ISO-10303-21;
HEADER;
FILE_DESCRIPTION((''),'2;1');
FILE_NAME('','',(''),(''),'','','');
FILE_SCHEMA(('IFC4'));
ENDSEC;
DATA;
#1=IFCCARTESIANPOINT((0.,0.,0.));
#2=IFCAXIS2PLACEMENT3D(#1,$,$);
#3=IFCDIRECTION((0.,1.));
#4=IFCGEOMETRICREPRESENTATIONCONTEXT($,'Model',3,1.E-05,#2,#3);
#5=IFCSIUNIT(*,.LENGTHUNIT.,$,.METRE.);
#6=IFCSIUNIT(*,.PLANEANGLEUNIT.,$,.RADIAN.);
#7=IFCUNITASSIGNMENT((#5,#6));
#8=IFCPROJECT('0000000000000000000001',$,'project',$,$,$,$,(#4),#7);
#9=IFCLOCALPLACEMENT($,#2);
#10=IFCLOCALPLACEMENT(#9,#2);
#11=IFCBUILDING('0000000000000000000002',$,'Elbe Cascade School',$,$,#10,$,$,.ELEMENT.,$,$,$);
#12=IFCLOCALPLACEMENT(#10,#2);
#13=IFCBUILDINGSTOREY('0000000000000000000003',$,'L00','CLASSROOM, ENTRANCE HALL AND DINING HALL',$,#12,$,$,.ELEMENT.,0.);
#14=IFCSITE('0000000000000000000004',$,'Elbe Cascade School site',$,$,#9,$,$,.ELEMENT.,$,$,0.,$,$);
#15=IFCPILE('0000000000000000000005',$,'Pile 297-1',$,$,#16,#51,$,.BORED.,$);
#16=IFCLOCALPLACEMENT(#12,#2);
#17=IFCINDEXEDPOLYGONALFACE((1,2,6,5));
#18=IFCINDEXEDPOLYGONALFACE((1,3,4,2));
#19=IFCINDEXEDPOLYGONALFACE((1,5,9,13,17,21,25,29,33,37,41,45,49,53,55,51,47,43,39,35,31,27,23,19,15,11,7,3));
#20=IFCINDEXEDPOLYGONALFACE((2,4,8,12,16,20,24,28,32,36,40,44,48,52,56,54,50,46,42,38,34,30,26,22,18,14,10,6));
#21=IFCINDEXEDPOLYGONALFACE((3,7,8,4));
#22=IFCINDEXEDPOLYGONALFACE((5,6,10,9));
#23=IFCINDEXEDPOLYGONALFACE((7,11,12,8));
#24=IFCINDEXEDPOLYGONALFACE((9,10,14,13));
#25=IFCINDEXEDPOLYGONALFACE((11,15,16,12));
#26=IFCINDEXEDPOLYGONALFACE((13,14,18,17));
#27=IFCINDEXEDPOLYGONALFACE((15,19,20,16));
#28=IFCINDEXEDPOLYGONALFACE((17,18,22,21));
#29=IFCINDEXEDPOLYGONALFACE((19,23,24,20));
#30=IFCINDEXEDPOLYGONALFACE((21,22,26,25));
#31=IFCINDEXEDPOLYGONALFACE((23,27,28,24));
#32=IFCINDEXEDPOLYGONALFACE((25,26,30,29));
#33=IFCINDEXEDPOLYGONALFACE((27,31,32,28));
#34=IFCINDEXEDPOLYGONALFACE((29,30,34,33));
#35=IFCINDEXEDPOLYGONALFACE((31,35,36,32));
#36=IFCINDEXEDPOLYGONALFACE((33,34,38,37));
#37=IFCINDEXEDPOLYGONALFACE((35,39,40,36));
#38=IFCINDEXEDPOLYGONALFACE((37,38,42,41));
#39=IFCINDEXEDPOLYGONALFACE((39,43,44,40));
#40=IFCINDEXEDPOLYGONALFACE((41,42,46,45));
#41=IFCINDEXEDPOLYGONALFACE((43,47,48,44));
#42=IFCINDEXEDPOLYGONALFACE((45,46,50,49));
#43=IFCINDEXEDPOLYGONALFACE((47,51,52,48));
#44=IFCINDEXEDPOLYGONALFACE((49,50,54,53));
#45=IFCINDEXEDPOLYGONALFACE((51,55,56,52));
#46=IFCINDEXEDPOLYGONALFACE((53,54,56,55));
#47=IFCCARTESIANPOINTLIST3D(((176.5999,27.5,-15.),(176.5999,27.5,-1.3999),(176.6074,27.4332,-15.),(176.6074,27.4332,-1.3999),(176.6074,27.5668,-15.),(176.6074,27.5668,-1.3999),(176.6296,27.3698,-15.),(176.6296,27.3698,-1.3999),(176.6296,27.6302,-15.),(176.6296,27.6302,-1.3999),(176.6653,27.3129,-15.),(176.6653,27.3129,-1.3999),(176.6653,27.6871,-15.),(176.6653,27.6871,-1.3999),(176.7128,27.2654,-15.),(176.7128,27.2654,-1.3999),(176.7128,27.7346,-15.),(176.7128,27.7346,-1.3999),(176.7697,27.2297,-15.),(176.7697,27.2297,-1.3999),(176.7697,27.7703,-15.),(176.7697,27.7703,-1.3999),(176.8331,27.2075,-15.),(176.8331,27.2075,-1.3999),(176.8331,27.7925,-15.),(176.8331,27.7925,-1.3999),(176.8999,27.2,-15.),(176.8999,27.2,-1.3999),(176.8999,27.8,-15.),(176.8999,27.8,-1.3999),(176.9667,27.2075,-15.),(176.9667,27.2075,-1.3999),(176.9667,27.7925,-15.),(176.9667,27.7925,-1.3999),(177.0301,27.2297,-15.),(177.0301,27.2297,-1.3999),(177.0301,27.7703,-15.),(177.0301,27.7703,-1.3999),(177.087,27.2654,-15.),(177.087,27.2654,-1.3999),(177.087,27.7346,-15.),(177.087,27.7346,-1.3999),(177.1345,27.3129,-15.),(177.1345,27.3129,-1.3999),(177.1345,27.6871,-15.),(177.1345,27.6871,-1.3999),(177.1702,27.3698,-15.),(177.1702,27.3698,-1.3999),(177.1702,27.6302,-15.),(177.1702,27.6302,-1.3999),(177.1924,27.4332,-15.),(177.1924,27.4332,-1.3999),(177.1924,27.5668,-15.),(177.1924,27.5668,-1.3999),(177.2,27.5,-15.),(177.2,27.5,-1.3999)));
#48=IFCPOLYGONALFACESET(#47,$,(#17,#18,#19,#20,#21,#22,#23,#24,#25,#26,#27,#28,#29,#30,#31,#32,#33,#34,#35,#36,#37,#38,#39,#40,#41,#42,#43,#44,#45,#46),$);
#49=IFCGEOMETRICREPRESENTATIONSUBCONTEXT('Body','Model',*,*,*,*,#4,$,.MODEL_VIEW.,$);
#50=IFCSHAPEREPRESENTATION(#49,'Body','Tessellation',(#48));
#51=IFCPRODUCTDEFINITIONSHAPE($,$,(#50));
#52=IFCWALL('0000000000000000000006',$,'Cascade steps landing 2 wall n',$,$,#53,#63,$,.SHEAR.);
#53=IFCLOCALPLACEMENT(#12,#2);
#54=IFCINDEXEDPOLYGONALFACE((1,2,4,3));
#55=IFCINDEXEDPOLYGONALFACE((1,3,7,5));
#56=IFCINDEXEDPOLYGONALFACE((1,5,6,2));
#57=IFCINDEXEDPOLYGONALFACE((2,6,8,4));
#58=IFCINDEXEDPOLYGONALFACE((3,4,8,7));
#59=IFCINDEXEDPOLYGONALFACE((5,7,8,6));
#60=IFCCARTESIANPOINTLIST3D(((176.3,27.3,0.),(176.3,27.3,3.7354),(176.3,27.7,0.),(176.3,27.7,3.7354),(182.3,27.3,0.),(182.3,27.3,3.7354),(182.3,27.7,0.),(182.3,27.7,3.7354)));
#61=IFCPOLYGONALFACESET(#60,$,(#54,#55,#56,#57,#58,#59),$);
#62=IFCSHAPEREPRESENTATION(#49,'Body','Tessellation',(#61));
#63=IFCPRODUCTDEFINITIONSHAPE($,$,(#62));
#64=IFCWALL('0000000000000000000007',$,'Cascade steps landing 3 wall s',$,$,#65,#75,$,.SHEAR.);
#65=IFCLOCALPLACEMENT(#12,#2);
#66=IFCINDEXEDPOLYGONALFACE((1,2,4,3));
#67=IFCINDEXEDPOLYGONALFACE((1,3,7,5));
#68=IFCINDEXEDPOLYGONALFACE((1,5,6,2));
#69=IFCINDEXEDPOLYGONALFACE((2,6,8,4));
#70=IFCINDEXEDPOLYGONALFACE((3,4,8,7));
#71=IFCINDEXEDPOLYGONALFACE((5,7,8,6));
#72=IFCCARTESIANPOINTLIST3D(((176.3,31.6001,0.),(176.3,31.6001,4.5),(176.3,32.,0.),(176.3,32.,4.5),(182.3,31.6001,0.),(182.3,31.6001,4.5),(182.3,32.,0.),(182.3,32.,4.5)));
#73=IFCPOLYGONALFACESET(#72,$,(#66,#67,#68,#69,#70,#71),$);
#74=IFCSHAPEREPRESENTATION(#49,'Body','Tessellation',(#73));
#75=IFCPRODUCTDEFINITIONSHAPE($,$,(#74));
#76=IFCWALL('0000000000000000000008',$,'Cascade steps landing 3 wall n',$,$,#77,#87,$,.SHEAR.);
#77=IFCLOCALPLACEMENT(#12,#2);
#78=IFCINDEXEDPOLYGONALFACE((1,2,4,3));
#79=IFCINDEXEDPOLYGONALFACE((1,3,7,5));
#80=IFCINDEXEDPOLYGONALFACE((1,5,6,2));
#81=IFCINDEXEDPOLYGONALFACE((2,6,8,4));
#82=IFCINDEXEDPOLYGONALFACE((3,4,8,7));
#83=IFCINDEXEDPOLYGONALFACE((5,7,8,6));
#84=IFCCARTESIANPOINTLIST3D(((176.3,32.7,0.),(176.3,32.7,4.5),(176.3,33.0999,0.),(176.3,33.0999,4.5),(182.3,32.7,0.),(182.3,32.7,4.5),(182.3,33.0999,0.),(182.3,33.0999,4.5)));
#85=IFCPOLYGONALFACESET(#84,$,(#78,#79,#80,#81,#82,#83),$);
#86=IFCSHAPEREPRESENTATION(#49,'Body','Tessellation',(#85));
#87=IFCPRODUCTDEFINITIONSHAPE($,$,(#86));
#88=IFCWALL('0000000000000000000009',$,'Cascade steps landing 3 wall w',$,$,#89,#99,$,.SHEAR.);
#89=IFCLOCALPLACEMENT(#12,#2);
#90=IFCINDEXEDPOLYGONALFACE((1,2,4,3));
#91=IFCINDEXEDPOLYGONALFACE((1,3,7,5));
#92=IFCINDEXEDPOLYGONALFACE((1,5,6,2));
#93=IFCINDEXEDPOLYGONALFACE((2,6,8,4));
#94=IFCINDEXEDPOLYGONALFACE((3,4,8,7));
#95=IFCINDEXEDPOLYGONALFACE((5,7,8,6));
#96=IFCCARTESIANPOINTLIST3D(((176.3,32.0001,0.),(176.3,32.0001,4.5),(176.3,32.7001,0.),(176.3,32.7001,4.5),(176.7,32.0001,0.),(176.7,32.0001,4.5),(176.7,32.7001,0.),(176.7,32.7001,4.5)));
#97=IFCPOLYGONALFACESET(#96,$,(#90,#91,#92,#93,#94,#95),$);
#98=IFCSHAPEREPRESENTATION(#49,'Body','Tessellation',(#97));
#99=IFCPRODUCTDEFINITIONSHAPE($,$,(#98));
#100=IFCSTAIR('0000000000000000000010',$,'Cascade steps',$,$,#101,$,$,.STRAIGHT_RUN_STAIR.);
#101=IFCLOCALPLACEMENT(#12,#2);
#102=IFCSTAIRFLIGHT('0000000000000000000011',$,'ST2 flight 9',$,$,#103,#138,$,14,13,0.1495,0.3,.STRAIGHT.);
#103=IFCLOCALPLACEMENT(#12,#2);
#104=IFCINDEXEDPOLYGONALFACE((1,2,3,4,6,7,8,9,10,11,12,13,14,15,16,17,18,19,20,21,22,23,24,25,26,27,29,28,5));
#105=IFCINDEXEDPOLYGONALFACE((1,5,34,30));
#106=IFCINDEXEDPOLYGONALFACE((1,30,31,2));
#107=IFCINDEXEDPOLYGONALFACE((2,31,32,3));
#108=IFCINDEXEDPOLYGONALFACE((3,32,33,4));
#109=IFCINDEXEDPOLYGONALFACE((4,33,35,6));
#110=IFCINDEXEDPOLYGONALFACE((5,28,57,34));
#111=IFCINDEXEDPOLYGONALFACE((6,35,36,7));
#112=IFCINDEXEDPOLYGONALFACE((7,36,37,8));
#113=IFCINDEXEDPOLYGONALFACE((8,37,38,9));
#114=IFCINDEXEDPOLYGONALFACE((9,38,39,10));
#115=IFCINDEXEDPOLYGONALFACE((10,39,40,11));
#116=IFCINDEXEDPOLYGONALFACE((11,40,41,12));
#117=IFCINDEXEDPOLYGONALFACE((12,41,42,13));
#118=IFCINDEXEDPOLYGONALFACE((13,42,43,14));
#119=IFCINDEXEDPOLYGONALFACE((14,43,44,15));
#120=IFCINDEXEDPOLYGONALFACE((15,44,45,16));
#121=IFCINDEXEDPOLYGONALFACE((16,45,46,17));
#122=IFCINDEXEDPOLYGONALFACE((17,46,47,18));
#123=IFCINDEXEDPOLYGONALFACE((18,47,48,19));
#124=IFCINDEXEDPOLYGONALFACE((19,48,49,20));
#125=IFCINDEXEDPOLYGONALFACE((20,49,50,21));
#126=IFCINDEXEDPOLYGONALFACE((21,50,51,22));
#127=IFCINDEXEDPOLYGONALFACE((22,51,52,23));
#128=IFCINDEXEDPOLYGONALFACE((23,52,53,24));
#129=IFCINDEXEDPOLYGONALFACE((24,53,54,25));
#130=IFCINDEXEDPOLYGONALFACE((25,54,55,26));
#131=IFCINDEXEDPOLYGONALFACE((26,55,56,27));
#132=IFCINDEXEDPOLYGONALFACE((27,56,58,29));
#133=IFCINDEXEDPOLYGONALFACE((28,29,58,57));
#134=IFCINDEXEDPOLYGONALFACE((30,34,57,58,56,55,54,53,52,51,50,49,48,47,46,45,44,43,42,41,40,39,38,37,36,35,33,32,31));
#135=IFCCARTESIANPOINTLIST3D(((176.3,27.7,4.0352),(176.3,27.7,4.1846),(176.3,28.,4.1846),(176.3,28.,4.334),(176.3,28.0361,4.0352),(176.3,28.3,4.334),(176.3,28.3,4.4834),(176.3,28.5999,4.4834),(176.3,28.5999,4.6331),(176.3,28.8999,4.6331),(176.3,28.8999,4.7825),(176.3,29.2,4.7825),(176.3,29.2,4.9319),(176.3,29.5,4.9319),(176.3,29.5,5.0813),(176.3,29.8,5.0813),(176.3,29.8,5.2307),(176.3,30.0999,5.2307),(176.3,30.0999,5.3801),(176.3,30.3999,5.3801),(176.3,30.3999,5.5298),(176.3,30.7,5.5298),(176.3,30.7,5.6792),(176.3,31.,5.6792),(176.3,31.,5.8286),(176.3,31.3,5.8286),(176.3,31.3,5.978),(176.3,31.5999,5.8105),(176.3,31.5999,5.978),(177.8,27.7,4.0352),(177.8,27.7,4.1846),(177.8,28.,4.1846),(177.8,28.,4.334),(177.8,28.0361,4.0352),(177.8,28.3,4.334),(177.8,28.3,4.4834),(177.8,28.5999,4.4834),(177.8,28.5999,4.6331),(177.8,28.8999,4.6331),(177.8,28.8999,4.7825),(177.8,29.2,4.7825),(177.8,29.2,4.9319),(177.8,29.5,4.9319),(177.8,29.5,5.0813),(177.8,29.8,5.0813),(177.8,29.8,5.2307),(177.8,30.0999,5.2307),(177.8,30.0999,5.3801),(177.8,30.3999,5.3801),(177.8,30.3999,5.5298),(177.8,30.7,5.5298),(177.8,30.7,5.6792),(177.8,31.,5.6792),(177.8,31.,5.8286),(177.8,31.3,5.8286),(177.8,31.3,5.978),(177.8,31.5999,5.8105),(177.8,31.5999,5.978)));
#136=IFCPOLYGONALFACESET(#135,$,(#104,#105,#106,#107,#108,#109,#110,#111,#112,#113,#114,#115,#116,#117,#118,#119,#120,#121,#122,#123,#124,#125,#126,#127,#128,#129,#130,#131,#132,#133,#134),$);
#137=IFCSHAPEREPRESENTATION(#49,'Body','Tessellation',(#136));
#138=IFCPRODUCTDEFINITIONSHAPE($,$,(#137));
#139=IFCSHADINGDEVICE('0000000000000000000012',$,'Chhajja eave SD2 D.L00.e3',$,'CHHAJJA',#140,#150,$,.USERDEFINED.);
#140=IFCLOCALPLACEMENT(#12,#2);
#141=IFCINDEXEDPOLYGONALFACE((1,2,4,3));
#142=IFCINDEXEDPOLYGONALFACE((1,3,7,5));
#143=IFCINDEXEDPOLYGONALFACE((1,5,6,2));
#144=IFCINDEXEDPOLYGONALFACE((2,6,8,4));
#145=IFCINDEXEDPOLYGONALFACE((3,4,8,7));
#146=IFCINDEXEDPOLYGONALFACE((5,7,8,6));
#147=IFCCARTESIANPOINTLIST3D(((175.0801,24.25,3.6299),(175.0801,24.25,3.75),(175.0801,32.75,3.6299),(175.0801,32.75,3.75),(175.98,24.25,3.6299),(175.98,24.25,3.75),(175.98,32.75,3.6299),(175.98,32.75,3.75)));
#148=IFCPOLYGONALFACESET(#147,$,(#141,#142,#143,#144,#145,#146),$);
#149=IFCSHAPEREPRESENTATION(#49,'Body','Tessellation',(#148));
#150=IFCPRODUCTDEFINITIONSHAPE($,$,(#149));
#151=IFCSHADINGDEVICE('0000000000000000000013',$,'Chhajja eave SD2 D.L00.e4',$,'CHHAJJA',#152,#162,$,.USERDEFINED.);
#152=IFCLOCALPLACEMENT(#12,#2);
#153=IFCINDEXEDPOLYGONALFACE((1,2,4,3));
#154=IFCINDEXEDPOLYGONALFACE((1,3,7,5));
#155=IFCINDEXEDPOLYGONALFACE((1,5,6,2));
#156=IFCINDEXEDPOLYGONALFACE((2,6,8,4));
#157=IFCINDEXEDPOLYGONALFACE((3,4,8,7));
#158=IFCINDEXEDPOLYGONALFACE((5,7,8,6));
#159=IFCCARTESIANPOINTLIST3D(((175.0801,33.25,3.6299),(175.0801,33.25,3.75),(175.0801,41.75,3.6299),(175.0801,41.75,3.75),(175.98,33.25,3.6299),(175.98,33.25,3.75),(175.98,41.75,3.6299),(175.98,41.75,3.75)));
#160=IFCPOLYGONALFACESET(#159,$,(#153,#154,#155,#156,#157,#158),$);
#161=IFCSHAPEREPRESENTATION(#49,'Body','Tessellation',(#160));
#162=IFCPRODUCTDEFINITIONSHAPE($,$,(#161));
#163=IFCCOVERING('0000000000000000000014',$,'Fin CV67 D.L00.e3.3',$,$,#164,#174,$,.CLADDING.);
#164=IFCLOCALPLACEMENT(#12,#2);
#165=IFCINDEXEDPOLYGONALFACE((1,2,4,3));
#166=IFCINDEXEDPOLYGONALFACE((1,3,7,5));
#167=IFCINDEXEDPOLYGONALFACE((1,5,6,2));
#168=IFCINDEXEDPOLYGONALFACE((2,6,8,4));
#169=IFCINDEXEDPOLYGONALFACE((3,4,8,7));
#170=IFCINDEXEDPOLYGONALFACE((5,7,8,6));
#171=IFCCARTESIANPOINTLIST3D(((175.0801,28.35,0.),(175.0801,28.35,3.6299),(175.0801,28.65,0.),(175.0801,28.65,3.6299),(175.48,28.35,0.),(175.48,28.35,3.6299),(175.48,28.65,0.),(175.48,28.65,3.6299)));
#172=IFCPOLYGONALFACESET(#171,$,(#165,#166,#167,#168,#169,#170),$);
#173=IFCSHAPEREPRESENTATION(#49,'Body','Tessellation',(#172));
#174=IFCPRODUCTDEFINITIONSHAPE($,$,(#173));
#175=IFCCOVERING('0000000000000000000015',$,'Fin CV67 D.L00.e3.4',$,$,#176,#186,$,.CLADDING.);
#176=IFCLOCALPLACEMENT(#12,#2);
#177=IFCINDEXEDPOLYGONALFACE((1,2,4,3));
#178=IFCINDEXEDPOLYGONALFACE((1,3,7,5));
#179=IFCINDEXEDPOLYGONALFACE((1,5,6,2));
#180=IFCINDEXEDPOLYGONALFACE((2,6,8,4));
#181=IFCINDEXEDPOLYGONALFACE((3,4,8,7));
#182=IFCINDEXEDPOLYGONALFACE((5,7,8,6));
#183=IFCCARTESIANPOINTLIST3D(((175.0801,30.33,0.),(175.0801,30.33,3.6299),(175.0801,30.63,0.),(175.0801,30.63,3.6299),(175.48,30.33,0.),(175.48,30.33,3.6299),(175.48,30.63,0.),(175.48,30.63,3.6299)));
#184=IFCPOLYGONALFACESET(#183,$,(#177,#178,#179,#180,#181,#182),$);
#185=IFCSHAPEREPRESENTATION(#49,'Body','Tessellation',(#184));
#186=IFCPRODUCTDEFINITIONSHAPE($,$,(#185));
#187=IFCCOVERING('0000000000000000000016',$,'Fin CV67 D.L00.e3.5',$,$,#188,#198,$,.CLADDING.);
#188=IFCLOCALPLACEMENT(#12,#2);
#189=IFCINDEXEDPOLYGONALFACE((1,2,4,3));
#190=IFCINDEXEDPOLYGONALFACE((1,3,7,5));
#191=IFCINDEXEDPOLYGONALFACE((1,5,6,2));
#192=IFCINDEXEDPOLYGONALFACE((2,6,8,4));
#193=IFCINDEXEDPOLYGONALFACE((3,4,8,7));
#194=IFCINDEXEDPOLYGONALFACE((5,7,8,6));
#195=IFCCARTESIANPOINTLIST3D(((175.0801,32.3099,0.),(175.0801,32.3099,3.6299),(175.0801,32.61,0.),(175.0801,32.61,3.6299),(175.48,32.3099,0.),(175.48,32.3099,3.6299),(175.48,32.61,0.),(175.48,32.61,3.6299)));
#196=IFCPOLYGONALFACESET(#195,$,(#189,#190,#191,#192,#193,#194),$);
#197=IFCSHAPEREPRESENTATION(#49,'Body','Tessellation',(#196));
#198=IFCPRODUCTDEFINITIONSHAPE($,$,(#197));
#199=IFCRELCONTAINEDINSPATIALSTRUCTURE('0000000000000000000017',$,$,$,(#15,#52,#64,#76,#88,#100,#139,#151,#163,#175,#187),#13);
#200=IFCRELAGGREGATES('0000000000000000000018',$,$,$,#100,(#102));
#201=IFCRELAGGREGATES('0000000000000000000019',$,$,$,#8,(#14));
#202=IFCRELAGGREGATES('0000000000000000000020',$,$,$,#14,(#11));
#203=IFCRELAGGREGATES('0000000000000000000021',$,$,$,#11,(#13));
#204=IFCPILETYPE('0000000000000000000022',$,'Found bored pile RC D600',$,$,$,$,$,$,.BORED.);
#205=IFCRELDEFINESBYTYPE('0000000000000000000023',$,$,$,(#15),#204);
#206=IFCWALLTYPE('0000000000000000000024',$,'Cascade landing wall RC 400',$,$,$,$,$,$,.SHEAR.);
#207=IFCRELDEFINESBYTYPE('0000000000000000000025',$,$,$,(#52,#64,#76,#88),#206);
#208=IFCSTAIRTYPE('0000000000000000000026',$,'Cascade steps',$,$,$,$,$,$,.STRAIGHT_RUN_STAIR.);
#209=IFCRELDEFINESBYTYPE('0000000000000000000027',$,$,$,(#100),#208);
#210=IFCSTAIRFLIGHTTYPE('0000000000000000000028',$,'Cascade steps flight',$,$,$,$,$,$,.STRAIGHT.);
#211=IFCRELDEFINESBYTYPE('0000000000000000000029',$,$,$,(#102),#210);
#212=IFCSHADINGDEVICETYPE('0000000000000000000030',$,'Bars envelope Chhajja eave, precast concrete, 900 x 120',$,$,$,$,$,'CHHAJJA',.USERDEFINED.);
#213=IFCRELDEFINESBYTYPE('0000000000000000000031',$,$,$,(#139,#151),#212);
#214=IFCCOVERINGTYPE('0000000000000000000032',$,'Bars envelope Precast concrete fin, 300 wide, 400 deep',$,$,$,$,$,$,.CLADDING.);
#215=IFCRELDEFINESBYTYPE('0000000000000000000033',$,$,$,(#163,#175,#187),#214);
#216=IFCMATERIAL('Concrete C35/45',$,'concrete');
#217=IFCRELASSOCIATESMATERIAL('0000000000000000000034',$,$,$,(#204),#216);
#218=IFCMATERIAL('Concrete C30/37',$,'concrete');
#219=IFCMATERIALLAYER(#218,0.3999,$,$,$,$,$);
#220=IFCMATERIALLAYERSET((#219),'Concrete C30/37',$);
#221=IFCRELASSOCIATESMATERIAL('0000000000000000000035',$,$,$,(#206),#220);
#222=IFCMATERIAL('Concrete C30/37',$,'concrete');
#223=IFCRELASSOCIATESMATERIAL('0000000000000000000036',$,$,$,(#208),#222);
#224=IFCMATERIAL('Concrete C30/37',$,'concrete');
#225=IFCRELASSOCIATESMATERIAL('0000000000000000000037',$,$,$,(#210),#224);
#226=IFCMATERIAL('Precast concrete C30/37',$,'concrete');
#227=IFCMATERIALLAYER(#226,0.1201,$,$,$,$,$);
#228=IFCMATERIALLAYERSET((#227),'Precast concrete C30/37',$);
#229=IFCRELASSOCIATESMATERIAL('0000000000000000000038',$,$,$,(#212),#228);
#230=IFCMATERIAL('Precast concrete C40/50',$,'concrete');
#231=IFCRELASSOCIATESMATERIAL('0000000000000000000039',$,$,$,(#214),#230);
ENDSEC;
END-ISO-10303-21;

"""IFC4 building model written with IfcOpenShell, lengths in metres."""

from ifc_helpers import new_model, si_unit, direction, frame, frame_2d, origin, origin_2d, place, context, subcontext, project, spatial, polyline, rectangle, circle, outline, extrude, material, layer, layer_set, material_profile, profile_set, type_object, element, aggregate, save


model = new_model("IFC4")

# Units and contexts
model_context = context("Model", 3, precision=1e-05, world=origin(), true_north=direction((0.0, 1.0)))
body_context = subcontext(model_context, "Body", "Model", "MODEL_VIEW")
ifc_project = project(units=[si_unit("LENGTHUNIT", "METRE"), si_unit("PLANEANGLEUNIT", "RADIAN")], contexts=[model_context])

# Site, building, storey
site_placement = place(None, origin())
site = spatial("IfcSite", under=ifc_project, at=site_placement, Name="Elbe Cascade School site", CompositionType="ELEMENT", RefElevation=0.0)
building_placement = place(site_placement, origin())
building = spatial("IfcBuilding", under=site, at=building_placement, Name="Elbe Cascade School", CompositionType="ELEMENT")
storey_placement = place(building_placement, origin())
storey = spatial("IfcBuildingStorey", under=building, at=storey_placement, Name="L00", Description="CLASSROOM, ENTRANCE HALL AND DINING HALL", CompositionType="ELEMENT", Elevation=0.0)

# Pile
ifc_material_1 = material(Name="Concrete C35/45", Category="concrete")
ifc_material_profile = material_profile(ifc_material_1, circle(Radius=0.3, at=origin_2d()), Name="RC D600")
ifc_profile_set = profile_set([ifc_material_profile], Name="Concrete C35/45")
pile_type = type_object("IfcPileType", Name="Found bored pile RC D600", PredefinedType="BORED", material=ifc_profile_set)
pile_placement = place(storey_placement, frame((176.8999, 27.5, -1.3999), z_axis=(0.0, 0.0, -1.0), x_axis=(1.0, 0.0, 0.0)))
element("IfcPile", 1, at=pile_placement, inside=storey, type_object=pile_type, Name="Pile 297-1", PredefinedType="BORED", context=body_context, shape_type="SweptSolid", body=[
    extrude(circle(Radius=0.3, at=origin_2d()), origin(), (0.0, 0.0, 1.0), 13.6001),
])

# Walls
ifc_material_2 = material(Name="Concrete C30/37", Category="concrete")
ifc_layer_1 = layer(ifc_material_2, 0.3999)
ifc_layer_set_1 = layer_set([ifc_layer_1], Name="Concrete C30/37")
wall_type = type_object("IfcWallType", Name="Cascade landing wall RC 400", PredefinedType="SHEAR", material=ifc_layer_set_1)
wall_1_placement = place(storey_placement, frame((176.3, 27.5, 0.0), z_axis=(0.0, 0.0, 1.0), x_axis=(1.0, 0.0, 0.0)))
element("IfcWall", 2, at=wall_1_placement, inside=storey, type_object=wall_type, Name="Cascade steps landing 2 wall n", PredefinedType="SHEAR", context=body_context, shape_type="SweptSolid", body=[
    extrude(rectangle(XDim=6.0, YDim=0.3999, at=frame_2d((3.0, 0.0))), origin(), (0.0, 0.0, 1.0), 3.7354),
])
for number, where, z_axis, x_axis, name in (
    (3, (176.3, 31.8, 0.0), (0.0, 0.0, 1.0), (1.0, 0.0, 0.0), "Cascade steps landing 3 wall s"),
    (4, (176.3, 32.8999, 0.0), (0.0, 0.0, 1.0), (1.0, 0.0, 0.0), "Cascade steps landing 3 wall n"),
):
    element("IfcWall", number, at=place(storey_placement, frame(where, z_axis=z_axis, x_axis=x_axis)), inside=storey, type_object=wall_type, Name=name, PredefinedType="SHEAR", context=body_context, shape_type="SweptSolid", body=[
        extrude(rectangle(XDim=6.0, YDim=0.3999, at=frame_2d((3.0, 0.0))), origin(), (0.0, 0.0, 1.0), 4.5),
    ])
wall_2_placement = place(storey_placement, frame((176.5, 32.0, 0.0), z_axis=(0.0, 0.0, 1.0), x_axis=(0.0, 1.0, 0.0)))
element("IfcWall", 5, at=wall_2_placement, inside=storey, type_object=wall_type, Name="Cascade steps landing 3 wall w", PredefinedType="SHEAR", context=body_context, shape_type="SweptSolid", body=[
    extrude(rectangle(XDim=0.7, YDim=0.3999, at=frame_2d((0.3501, 0.0))), origin(), (0.0, 0.0, 1.0), 4.5),
])

# Stair, stair flight
ifc_material_3 = material(Name="Concrete C30/37", Category="concrete")
stair_type = type_object("IfcStairType", Name="Cascade steps", PredefinedType="STRAIGHT_RUN_STAIR", material=ifc_material_3)
stair_placement = place(storey_placement, origin())
stair = element("IfcStair", 6, at=stair_placement, inside=storey, type_object=stair_type, Name="Cascade steps", PredefinedType="STRAIGHT_RUN_STAIR")
ifc_material_4 = material(Name="Concrete C30/37", Category="concrete")
stair_flight_type = type_object("IfcStairFlightType", Name="Cascade steps flight", PredefinedType="STRAIGHT", material=ifc_material_4)
stair_flight_placement = place(storey_placement, frame((177.05, 27.7, 4.0352), z_axis=(0.0, 0.0, 1.0), x_axis=(0.0, 1.0, 0.0)))
stair_flight = element("IfcStairFlight", 7, at=stair_flight_placement, type_object=stair_flight_type, Name="ST2 flight 9", NumberOfRisers=14, NumberOfTreads=13, PredefinedType="STRAIGHT", RiserHeight=0.1495, TreadLength=0.3, context=body_context, shape_type="SweptSolid", body=[
    extrude(outline(polyline([(0.0, 0.0), (0.0, 0.1494), (0.3, 0.1494), (0.3, 0.2988), (0.6001, 0.2988), (0.6001, 0.4482), (0.8999, 0.4482), (0.8999, 0.5979), (1.2, 0.5979), (1.2, 0.7473), (1.5, 0.7473), (1.5, 0.8967), (1.8, 0.8967), (1.8, 1.0461), (2.1001, 1.0461), (2.1001, 1.1956), (2.3999, 1.1956), (2.3999, 1.345), (2.7, 1.345), (2.7, 1.4946), (3.0, 1.4946), (3.0, 1.644), (3.3, 1.644), (3.3, 1.7935), (3.6001, 1.7935), (3.6001, 1.9429), (3.8999, 1.9429), (3.8999, 2.0923), (3.8999, 1.7754), (0.3362, 0.0), (0.0, 0.0)])), frame((0.0, 0.75, 0.0), z_axis=(0.0, -1.0, 0.0), x_axis=(1.0, 0.0, 0.0)), (0.0, 0.0, 1.0), 1.5),
])
aggregate(stair, [stair_flight])

# Shading devices
ifc_material_5 = material(Name="Precast concrete C30/37", Category="concrete")
ifc_layer_2 = layer(ifc_material_5, 0.1201)
ifc_layer_set_2 = layer_set([ifc_layer_2], Name="Precast concrete C30/37")
shading_device_type = type_object("IfcShadingDeviceType", Name="Bars envelope Chhajja eave, precast concrete, 900 x 120", ElementType="CHHAJJA", PredefinedType="USERDEFINED", material=ifc_layer_set_2)
for number, where, z_axis, x_axis, name in (
    (8, (175.53, 28.5, 3.6299), (0.0, 0.0, 1.0), (0.0, 1.0, 0.0), "Chhajja eave SD2 D.L00.e3"),
    (9, (175.53, 37.5, 3.6299), (0.0, 0.0, 1.0), (0.0, 1.0, 0.0), "Chhajja eave SD2 D.L00.e4"),
):
    element("IfcShadingDevice", number, at=place(storey_placement, frame(where, z_axis=z_axis, x_axis=x_axis)), inside=storey, type_object=shading_device_type, Name=name, ObjectType="CHHAJJA", PredefinedType="USERDEFINED", context=body_context, shape_type="SweptSolid", body=[
        extrude(rectangle(XDim=8.5, YDim=0.8999, at=origin_2d()), origin(), (0.0, 0.0, 1.0), 0.1201),
    ])

# Coverings
ifc_material_6 = material(Name="Precast concrete C40/50", Category="concrete")
covering_type_1 = type_object("IfcCoveringType", Name="Bars envelope Precast concrete fin, 300 wide, 400 deep", PredefinedType="CLADDING", material=ifc_material_6)
for number, where, z_axis, x_axis, name in (
    (10, (175.28, 28.5, 0.0), (0.0, 0.0, 1.0), (0.0, 1.0, 0.0), "Fin CV67 D.L00.e3.3"),
    (11, (175.28, 30.48, 0.0), (0.0, 0.0, 1.0), (0.0, 1.0, 0.0), "Fin CV67 D.L00.e3.4"),
    (12, (175.28, 32.46, 0.0), (0.0, 0.0, 1.0), (0.0, 1.0, 0.0), "Fin CV67 D.L00.e3.5"),
):
    element("IfcCovering", number, at=place(storey_placement, frame(where, z_axis=z_axis, x_axis=x_axis)), inside=storey, type_object=covering_type_1, Name=name, PredefinedType="CLADDING", context=body_context, shape_type="SweptSolid", body=[
        extrude(rectangle(XDim=0.3, YDim=0.3999, at=origin_2d()), origin(), (0.0, 0.0, 1.0), 3.6299),
    ])

save(model, "model.ifc")
